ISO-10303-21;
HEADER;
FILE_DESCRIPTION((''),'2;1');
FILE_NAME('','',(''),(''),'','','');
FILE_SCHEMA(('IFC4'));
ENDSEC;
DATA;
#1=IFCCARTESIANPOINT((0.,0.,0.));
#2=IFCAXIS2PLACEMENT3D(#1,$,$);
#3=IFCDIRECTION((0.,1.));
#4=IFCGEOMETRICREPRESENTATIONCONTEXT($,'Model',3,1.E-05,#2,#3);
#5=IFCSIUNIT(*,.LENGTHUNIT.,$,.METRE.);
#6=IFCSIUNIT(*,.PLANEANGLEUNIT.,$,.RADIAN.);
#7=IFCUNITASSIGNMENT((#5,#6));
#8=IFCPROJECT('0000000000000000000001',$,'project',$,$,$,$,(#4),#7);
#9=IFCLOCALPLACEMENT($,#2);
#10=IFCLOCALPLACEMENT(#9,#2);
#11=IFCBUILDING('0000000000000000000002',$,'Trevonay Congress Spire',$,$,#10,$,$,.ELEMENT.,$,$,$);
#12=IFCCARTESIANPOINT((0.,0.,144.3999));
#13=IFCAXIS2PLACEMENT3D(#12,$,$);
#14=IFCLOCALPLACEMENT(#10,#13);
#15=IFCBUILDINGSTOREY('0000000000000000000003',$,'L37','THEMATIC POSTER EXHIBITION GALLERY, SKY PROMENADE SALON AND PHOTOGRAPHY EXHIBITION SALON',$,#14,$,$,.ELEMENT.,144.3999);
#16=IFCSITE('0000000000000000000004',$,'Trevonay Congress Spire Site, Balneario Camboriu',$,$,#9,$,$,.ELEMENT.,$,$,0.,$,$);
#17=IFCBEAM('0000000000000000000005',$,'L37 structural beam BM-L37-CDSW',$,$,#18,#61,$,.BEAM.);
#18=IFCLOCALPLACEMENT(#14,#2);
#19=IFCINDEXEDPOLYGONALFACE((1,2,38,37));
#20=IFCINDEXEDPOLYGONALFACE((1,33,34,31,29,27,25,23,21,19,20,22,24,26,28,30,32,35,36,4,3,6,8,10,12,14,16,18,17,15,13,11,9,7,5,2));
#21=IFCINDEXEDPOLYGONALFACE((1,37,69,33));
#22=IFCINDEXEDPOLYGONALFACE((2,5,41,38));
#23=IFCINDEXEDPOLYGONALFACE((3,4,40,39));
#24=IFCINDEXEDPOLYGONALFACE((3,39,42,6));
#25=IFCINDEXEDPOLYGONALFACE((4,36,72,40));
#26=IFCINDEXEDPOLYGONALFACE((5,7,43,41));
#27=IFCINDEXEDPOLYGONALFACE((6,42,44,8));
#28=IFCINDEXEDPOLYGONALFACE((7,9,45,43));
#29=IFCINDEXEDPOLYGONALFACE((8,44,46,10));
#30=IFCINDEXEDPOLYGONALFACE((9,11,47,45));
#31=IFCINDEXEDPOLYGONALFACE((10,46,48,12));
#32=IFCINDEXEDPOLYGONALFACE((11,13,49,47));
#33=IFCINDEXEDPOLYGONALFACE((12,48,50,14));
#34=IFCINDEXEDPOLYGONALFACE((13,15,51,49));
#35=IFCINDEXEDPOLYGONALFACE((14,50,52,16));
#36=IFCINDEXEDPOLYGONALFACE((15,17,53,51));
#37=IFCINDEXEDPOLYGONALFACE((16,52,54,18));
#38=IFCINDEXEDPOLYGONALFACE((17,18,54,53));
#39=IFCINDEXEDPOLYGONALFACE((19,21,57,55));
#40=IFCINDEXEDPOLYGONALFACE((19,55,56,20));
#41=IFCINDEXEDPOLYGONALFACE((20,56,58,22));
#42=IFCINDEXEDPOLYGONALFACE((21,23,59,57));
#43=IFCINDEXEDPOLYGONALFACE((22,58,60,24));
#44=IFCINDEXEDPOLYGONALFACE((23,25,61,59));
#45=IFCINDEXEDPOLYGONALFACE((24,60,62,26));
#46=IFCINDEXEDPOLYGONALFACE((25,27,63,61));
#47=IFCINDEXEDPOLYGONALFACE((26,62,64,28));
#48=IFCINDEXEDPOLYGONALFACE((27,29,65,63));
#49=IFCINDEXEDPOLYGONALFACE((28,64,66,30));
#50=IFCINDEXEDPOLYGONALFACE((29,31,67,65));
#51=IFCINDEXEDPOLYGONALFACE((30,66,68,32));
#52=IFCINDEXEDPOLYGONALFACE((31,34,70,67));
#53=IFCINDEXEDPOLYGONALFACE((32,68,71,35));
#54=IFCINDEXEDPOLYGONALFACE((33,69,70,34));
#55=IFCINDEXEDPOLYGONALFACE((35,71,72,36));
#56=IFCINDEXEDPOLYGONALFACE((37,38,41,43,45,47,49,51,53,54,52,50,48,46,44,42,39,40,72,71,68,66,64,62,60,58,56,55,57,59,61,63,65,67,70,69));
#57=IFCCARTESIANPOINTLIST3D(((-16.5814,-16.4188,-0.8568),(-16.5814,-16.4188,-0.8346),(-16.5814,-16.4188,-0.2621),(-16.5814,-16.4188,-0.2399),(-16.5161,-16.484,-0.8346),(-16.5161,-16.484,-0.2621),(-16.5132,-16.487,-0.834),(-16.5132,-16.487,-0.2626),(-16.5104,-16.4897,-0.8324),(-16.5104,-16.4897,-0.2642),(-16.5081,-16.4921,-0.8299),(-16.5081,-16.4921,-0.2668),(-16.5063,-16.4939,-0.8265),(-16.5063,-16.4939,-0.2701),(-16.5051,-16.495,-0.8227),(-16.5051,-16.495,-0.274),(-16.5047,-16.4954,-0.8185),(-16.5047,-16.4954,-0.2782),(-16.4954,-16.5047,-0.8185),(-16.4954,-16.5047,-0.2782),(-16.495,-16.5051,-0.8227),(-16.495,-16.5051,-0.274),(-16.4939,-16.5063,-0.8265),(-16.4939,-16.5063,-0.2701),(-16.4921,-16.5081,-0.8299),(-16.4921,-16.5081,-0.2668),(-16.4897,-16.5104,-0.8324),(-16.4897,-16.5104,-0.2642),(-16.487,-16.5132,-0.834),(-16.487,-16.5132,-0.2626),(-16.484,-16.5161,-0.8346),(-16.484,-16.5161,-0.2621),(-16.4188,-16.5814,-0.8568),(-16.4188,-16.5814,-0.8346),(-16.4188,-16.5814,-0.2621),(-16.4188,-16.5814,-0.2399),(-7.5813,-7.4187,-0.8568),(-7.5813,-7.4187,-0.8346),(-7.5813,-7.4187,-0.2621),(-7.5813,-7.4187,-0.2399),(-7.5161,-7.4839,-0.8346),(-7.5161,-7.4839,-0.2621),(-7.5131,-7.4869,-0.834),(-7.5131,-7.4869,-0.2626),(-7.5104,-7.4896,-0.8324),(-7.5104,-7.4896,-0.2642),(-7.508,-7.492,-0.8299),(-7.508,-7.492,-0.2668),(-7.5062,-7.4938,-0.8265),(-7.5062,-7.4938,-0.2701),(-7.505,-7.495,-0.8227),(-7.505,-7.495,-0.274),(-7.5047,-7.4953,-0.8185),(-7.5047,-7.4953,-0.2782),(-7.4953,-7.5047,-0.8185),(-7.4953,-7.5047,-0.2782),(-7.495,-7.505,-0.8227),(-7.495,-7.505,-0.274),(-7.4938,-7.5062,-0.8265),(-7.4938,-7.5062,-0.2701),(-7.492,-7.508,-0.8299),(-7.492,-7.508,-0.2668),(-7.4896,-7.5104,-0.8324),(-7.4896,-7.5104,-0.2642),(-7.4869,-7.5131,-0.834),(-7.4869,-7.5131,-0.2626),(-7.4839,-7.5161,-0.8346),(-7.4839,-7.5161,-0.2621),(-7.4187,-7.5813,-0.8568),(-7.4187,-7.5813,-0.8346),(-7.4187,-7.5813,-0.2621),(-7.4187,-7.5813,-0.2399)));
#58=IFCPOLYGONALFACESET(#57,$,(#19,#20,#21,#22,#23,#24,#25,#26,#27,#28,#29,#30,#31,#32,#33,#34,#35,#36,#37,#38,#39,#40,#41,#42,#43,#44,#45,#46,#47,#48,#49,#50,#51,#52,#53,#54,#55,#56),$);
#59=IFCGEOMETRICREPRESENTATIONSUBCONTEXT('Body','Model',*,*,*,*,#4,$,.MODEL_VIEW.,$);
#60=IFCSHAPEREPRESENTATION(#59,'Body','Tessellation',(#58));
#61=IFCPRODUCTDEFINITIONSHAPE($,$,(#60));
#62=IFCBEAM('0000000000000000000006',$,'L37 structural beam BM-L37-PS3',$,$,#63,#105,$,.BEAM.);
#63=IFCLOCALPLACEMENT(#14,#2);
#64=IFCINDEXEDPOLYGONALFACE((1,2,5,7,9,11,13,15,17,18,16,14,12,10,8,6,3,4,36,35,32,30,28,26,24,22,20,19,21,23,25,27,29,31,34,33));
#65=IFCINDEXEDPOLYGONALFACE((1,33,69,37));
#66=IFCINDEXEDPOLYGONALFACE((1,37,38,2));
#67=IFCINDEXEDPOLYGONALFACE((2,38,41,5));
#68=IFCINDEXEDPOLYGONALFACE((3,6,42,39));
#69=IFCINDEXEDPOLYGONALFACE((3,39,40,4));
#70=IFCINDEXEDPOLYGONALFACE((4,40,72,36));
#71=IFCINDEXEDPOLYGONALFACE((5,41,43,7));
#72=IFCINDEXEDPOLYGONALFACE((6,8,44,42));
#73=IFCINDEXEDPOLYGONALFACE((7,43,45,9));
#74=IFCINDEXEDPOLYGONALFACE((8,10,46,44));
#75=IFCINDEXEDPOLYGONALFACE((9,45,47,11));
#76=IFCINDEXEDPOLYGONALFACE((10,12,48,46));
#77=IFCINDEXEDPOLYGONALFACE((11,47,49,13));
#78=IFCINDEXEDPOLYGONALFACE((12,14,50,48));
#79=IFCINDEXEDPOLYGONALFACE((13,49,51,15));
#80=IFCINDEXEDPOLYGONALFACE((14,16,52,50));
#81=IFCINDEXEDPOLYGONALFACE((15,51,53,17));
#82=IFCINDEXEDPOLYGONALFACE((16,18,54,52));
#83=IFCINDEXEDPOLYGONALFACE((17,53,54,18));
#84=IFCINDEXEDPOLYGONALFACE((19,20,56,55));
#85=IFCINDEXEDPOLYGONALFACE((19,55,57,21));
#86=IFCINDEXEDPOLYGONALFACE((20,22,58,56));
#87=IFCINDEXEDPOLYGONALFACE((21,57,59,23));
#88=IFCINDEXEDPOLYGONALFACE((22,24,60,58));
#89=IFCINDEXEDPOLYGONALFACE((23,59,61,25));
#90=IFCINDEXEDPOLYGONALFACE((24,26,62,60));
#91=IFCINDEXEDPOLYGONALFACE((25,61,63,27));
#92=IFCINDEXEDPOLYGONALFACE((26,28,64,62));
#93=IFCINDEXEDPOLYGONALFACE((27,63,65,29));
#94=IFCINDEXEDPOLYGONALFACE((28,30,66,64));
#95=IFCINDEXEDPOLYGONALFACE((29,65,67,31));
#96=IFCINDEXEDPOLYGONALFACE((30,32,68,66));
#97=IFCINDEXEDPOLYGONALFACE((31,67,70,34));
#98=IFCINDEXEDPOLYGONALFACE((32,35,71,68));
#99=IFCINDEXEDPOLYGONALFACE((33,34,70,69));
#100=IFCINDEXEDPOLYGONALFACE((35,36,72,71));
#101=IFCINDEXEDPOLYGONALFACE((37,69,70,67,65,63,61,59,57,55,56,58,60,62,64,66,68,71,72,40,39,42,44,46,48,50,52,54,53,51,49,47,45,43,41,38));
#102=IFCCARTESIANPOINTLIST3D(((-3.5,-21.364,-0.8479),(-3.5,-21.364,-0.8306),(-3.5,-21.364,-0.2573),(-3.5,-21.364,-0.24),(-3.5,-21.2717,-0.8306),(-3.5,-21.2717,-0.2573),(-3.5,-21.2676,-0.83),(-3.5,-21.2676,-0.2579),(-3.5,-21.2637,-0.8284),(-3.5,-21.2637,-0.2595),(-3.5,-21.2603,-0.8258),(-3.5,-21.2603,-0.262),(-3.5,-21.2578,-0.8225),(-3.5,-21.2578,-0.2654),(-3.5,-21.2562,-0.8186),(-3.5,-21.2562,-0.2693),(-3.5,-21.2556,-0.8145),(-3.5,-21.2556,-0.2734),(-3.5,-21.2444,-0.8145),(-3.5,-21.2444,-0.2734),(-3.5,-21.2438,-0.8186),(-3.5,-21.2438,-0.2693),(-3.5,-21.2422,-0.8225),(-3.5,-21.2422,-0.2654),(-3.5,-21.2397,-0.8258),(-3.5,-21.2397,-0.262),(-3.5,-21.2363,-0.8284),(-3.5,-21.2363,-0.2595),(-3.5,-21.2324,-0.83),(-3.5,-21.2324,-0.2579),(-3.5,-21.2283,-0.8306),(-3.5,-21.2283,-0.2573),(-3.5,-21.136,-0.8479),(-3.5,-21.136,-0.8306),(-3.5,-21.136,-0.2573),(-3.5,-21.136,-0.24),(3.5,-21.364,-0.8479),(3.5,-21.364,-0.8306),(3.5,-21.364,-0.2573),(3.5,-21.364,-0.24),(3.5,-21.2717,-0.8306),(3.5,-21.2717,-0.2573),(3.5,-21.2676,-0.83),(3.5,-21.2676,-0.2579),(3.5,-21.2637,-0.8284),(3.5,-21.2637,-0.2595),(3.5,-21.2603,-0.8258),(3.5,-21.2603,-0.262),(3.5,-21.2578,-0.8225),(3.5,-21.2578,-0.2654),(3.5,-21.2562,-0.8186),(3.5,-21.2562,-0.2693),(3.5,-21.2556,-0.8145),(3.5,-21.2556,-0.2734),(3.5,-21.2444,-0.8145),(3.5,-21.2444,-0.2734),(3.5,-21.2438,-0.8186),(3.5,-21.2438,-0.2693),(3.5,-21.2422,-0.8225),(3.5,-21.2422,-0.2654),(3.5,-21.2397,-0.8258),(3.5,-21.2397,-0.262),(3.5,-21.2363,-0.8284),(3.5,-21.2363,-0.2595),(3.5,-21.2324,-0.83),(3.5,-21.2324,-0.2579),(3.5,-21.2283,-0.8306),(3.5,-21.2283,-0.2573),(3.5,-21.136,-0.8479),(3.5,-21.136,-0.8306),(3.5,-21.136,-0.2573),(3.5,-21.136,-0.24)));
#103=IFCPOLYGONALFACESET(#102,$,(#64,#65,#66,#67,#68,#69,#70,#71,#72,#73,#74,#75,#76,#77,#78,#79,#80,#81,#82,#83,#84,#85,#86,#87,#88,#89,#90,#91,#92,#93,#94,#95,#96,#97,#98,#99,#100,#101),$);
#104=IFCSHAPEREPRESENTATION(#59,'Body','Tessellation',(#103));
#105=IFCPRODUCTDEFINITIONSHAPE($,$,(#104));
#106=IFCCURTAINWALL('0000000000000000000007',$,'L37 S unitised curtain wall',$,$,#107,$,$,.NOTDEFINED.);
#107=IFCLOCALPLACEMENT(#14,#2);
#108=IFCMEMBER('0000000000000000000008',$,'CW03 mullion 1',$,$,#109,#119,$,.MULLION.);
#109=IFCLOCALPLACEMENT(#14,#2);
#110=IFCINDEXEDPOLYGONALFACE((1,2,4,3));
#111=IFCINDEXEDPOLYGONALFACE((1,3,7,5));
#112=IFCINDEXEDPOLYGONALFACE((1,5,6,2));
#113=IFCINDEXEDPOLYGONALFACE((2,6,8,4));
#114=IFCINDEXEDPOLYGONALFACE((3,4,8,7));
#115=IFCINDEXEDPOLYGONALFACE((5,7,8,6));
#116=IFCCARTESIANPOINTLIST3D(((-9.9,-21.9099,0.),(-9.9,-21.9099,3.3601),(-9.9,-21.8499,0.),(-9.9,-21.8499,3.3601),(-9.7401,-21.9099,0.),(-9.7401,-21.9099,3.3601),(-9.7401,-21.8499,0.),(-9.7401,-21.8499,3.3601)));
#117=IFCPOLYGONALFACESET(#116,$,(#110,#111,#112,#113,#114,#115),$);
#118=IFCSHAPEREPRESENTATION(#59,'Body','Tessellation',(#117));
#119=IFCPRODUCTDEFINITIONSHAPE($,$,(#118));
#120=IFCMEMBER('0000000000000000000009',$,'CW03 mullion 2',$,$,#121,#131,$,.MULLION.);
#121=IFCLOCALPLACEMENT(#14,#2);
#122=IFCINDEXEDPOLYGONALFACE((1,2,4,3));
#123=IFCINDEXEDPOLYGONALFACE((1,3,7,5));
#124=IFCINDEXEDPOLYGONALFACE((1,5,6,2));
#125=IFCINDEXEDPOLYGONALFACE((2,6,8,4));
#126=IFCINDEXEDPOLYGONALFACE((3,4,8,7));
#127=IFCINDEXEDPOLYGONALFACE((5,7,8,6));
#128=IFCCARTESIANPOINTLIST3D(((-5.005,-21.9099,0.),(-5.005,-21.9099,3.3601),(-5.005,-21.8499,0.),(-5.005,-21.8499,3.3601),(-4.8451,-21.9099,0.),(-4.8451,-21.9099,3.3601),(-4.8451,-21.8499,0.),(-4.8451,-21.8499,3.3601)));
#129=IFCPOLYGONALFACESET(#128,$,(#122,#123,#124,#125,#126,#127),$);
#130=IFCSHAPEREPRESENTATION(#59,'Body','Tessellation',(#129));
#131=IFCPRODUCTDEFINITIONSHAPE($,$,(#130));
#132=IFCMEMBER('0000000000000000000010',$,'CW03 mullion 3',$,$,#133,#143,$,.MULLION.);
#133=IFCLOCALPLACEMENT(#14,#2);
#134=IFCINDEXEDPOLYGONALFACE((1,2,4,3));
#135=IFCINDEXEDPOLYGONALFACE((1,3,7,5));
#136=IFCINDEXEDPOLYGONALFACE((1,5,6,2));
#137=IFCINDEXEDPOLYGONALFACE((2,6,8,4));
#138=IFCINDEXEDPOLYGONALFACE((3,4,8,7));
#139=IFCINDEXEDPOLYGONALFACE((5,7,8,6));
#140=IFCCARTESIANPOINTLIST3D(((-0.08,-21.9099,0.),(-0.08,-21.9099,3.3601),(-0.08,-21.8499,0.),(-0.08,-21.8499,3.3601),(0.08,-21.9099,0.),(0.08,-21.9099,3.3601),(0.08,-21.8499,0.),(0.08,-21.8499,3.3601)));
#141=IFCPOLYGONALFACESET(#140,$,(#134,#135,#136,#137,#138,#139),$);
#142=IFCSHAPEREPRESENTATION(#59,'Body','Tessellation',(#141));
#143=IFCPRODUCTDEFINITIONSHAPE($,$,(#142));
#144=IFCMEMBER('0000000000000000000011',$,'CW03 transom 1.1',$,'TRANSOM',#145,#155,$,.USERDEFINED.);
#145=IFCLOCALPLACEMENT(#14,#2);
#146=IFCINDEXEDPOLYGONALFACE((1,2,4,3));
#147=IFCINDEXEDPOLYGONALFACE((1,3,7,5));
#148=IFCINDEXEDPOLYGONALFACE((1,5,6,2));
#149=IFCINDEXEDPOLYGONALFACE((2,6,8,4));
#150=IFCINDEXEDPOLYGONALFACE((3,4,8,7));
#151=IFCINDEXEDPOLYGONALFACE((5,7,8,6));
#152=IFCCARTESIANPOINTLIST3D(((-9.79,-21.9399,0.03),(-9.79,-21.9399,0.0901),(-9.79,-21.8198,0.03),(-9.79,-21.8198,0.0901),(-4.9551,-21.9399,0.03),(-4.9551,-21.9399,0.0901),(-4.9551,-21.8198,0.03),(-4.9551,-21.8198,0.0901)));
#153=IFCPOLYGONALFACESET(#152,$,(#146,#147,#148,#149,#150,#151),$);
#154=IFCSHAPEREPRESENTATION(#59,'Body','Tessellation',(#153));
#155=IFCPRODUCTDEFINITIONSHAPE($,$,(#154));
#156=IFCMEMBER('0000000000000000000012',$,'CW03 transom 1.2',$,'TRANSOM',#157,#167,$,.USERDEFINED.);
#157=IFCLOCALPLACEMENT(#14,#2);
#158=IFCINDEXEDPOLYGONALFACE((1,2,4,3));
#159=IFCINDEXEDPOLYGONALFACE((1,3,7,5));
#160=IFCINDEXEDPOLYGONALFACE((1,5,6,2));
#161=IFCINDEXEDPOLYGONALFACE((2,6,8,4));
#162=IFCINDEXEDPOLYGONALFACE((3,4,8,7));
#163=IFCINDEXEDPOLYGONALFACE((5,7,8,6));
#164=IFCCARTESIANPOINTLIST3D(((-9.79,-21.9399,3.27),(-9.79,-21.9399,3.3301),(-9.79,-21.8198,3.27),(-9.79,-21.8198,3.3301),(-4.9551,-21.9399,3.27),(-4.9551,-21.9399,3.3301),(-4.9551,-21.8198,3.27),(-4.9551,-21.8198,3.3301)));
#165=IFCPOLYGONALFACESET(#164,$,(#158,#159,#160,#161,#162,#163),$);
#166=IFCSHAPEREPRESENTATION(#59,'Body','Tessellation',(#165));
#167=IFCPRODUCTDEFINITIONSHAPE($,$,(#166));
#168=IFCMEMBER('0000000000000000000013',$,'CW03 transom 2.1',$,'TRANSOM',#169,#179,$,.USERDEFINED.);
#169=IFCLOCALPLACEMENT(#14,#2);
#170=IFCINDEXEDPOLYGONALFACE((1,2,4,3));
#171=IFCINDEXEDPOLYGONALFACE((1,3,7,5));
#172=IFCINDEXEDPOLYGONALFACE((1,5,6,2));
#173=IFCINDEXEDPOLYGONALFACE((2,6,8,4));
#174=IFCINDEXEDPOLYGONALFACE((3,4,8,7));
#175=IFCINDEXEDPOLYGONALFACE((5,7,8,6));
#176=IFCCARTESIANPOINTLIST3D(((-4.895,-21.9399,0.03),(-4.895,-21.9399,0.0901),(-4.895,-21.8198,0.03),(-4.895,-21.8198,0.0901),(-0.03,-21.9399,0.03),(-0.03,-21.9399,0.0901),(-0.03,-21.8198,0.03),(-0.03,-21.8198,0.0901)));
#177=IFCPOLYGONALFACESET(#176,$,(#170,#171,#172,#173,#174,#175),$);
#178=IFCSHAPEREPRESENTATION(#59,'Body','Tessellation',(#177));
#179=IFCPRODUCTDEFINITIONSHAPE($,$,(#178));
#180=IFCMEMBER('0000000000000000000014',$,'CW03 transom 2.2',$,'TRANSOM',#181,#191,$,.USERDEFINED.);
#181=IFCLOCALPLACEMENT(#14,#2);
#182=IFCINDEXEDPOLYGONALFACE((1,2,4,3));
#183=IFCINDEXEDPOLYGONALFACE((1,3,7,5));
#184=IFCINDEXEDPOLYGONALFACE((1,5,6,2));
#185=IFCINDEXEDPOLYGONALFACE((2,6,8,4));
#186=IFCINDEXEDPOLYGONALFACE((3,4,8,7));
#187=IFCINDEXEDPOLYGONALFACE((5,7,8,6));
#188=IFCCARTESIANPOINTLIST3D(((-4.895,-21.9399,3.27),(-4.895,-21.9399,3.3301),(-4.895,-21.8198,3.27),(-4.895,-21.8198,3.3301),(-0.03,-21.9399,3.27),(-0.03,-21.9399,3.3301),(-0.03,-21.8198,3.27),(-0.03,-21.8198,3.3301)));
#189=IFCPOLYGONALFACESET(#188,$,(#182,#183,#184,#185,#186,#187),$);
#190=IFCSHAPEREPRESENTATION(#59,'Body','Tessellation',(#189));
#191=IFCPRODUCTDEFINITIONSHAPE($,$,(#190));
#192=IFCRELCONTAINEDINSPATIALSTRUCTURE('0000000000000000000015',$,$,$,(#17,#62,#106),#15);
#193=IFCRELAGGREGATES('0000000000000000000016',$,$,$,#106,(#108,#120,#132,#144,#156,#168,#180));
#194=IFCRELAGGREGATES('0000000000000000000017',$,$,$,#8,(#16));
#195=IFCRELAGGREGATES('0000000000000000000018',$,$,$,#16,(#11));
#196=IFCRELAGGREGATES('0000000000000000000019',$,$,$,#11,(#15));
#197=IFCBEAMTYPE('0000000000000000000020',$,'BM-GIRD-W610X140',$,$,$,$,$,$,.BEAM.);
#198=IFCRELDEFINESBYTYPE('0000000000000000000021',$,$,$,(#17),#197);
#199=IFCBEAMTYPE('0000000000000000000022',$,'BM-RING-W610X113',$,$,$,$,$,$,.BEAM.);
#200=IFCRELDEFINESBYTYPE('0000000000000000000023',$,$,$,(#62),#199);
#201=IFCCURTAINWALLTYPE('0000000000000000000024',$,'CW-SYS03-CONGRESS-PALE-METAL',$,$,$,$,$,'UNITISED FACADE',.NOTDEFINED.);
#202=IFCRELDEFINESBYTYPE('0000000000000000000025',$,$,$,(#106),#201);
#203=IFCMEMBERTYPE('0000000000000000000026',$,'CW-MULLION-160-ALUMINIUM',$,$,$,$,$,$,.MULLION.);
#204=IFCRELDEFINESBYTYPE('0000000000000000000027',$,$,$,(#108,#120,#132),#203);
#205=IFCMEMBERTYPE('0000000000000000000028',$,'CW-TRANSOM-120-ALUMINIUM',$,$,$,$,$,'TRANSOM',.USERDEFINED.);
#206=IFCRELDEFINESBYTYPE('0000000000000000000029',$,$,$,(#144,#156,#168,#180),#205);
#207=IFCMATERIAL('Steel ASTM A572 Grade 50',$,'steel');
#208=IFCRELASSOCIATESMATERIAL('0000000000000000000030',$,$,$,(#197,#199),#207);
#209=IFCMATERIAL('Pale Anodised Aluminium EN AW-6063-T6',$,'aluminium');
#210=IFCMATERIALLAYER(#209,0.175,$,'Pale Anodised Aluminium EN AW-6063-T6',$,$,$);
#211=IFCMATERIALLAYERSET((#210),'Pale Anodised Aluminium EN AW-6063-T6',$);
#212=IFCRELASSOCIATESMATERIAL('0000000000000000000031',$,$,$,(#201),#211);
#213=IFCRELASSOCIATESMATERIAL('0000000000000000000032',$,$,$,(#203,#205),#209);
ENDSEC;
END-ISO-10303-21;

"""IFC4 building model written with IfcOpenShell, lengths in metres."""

from ifc_helpers import new_model, si_unit, direction, frame, origin, origin_2d, place, context, subcontext, project, spatial, rectangle, i_section, extrude, material, layer, layer_set, material_profile, profile_set, type_object, element, aggregate, save


model = new_model("IFC4")

# Units and contexts
model_context = context("Model", 3, precision=1e-05, world=origin(), true_north=direction((0.0, 1.0)))
body_context = subcontext(model_context, "Body", "Model", "MODEL_VIEW")
ifc_project = project(units=[si_unit("LENGTHUNIT", "METRE"), si_unit("PLANEANGLEUNIT", "RADIAN")], contexts=[model_context])

# Site, building, storey
site_placement = place(None, origin())
site = spatial("IfcSite", under=ifc_project, at=site_placement, Name="Trevonay Congress Spire Site, Balneario Camboriu", CompositionType="ELEMENT", RefElevation=0.0)
building_placement = place(site_placement, origin())
building = spatial("IfcBuilding", under=site, at=building_placement, Name="Trevonay Congress Spire", CompositionType="ELEMENT")
storey_placement = place(building_placement, frame((0.0, 0.0, 144.3999)))
storey = spatial("IfcBuildingStorey", under=building, at=storey_placement, Name="L37", Description="THEMATIC POSTER EXHIBITION GALLERY, SKY PROMENADE SALON AND PHOTOGRAPHY EXHIBITION SALON", CompositionType="ELEMENT", Elevation=144.3999)

# Shared definitions
ifc_material_1 = material(Name="Steel ASTM A572 Grade 50", Category="steel")

# Beams
ifc_material_profile_1 = material_profile(ifc_material_1, i_section(OverallWidth=0.23, OverallDepth=0.6169, WebThickness=0.0132, FlangeThickness=0.0222, FilletRadius=0.0161, at=origin_2d()), Name="W610x140")
ifc_profile_set_1 = profile_set([ifc_material_profile_1], Name="Steel ASTM A572 Grade 50")
beam_type_1 = type_object("IfcBeamType", Name="BM-GIRD-W610X140", PredefinedType="BEAM", material=ifc_profile_set_1)
beam_1_placement = place(storey_placement, frame((-7.5, -7.5, -0.5483), z_axis=(-0.707107, -0.707107, 0.0), x_axis=(0.707107, -0.707107, 0.0)))
element("IfcBeam", 1, at=beam_1_placement, inside=storey, type_object=beam_type_1, Name="L37 structural beam BM-L37-CDSW", PredefinedType="BEAM", context=body_context, shape_type="SweptSolid", body=[
    extrude(i_section(OverallWidth=0.23, OverallDepth=0.6169, WebThickness=0.0132, FlangeThickness=0.0222, FilletRadius=0.0161, at=origin_2d()), origin(), (0.0, 0.0, 1.0), 12.728),
])
ifc_material_profile_2 = material_profile(ifc_material_1, i_section(OverallWidth=0.228, OverallDepth=0.6079, WebThickness=0.0112, FlangeThickness=0.0173, FilletRadius=0.0161, at=origin_2d()), Name="W610x113")
ifc_profile_set_2 = profile_set([ifc_material_profile_2], Name="Steel ASTM A572 Grade 50")
beam_type_2 = type_object("IfcBeamType", Name="BM-RING-W610X113", PredefinedType="BEAM", material=ifc_profile_set_2)
beam_2_placement = place(storey_placement, frame((-3.5, -21.25, -0.5439), z_axis=(1.0, 0.0, 0.0), x_axis=(0.0, 1.0, 0.0)))
element("IfcBeam", 2, at=beam_2_placement, inside=storey, type_object=beam_type_2, Name="L37 structural beam BM-L37-PS3", PredefinedType="BEAM", context=body_context, shape_type="SweptSolid", body=[
    extrude(i_section(OverallWidth=0.228, OverallDepth=0.6079, WebThickness=0.0112, FlangeThickness=0.0173, FilletRadius=0.0161, at=origin_2d()), origin(), (0.0, 0.0, 1.0), 7.0),
])

# Curtain wall, members
ifc_material_2 = material(Name="Pale Anodised Aluminium EN AW-6063-T6", Category="aluminium")
ifc_layer_1 = layer(ifc_material_2, 0.175, Name="Pale Anodised Aluminium EN AW-6063-T6")
ifc_layer_set_1 = layer_set([ifc_layer_1], Name="Pale Anodised Aluminium EN AW-6063-T6")
curtain_wall_type = type_object("IfcCurtainWallType", Name="CW-SYS03-CONGRESS-PALE-METAL", ElementType="UNITISED FACADE", PredefinedType="NOTDEFINED", material=ifc_layer_set_1)
curtain_wall_placement = place(storey_placement, origin())
curtain_wall = element("IfcCurtainWall", 3, at=curtain_wall_placement, inside=storey, type_object=curtain_wall_type, Name="L37 S unitised curtain wall", PredefinedType="NOTDEFINED")
ifc_material_profile_3 = material_profile(ifc_material_2, rectangle(XDim=0.0601, YDim=0.1599, at=origin_2d()), Name="CW-MULLION-160-ALUMINIUM")
ifc_profile_set_3 = profile_set([ifc_material_profile_3], Name="Pale Anodised Aluminium EN AW-6063-T6")
member_type_1 = type_object("IfcMemberType", Name="CW-MULLION-160-ALUMINIUM", PredefinedType="MULLION", material=ifc_profile_set_3)
member_1_placement = place(storey_placement, frame((-9.8201, -21.8799, 0.0), z_axis=(0.0, 0.0, 1.0), x_axis=(0.0, 1.0, 0.0)))
member_1 = element("IfcMember", 4, at=member_1_placement, type_object=member_type_1, Name="CW03 mullion 1", PredefinedType="MULLION", context=body_context, shape_type="SweptSolid", body=[
    extrude(rectangle(XDim=0.0601, YDim=0.1599, at=origin_2d()), origin(), (0.0, 0.0, 1.0), 3.3601),
])
member_2_placement = place(storey_placement, frame((-4.925, -21.8799, 0.0), z_axis=(0.0, 0.0, 1.0), x_axis=(0.0, 1.0, 0.0)))
member_2 = element("IfcMember", 5, at=member_2_placement, type_object=member_type_1, Name="CW03 mullion 2", PredefinedType="MULLION", context=body_context, shape_type="SweptSolid", body=[
    extrude(rectangle(XDim=0.0601, YDim=0.1599, at=origin_2d()), origin(), (0.0, 0.0, 1.0), 3.3601),
])
member_3_placement = place(storey_placement, frame((0.0, -21.8799, 0.0), z_axis=(0.0, 0.0, 1.0), x_axis=(0.0, 1.0, 0.0)))
member_3 = element("IfcMember", 6, at=member_3_placement, type_object=member_type_1, Name="CW03 mullion 3", PredefinedType="MULLION", context=body_context, shape_type="SweptSolid", body=[
    extrude(rectangle(XDim=0.0601, YDim=0.1599, at=origin_2d()), origin(), (0.0, 0.0, 1.0), 3.3601),
])
ifc_material_profile_4 = material_profile(ifc_material_2, rectangle(XDim=0.1201, YDim=0.0601, at=origin_2d()), Name="CW-TRANSOM-120-ALUMINIUM")
ifc_profile_set_4 = profile_set([ifc_material_profile_4], Name="Pale Anodised Aluminium EN AW-6063-T6")
member_type_2 = type_object("IfcMemberType", Name="CW-TRANSOM-120-ALUMINIUM", ElementType="TRANSOM", PredefinedType="USERDEFINED", material=ifc_profile_set_4)
member_4_placement = place(storey_placement, frame((-9.79, -21.8799, 0.0601), z_axis=(1.0, 0.0, 0.0), x_axis=(0.0, 1.0, 0.0)))
member_4 = element("IfcMember", 7, at=member_4_placement, type_object=member_type_2, Name="CW03 transom 1.1", ObjectType="TRANSOM", PredefinedType="USERDEFINED", context=body_context, shape_type="SweptSolid", body=[
    extrude(rectangle(XDim=0.1201, YDim=0.0601, at=origin_2d()), origin(), (0.0, 0.0, 1.0), 4.835),
])
member_5_placement = place(storey_placement, frame((-9.79, -21.8799, 3.3), z_axis=(1.0, 0.0, 0.0), x_axis=(0.0, 1.0, 0.0)))
member_5 = element("IfcMember", 8, at=member_5_placement, type_object=member_type_2, Name="CW03 transom 1.2", ObjectType="TRANSOM", PredefinedType="USERDEFINED", context=body_context, shape_type="SweptSolid", body=[
    extrude(rectangle(XDim=0.1201, YDim=0.0601, at=origin_2d()), origin(), (0.0, 0.0, 1.0), 4.835),
])
member_6_placement = place(storey_placement, frame((-4.895, -21.8799, 0.0601), z_axis=(1.0, 0.0, 0.0), x_axis=(0.0, 1.0, 0.0)))
member_6 = element("IfcMember", 9, at=member_6_placement, type_object=member_type_2, Name="CW03 transom 2.1", ObjectType="TRANSOM", PredefinedType="USERDEFINED", context=body_context, shape_type="SweptSolid", body=[
    extrude(rectangle(XDim=0.1201, YDim=0.0601, at=origin_2d()), origin(), (0.0, 0.0, 1.0), 4.865),
])
member_7_placement = place(storey_placement, frame((-4.895, -21.8799, 3.3), z_axis=(1.0, 0.0, 0.0), x_axis=(0.0, 1.0, 0.0)))
member_7 = element("IfcMember", 10, at=member_7_placement, type_object=member_type_2, Name="CW03 transom 2.2", ObjectType="TRANSOM", PredefinedType="USERDEFINED", context=body_context, shape_type="SweptSolid", body=[
    extrude(rectangle(XDim=0.1201, YDim=0.0601, at=origin_2d()), origin(), (0.0, 0.0, 1.0), 4.865),
])
aggregate(curtain_wall, [member_1, member_2, member_3, member_4, member_5, member_6, member_7])

save(model, "model.ifc")
